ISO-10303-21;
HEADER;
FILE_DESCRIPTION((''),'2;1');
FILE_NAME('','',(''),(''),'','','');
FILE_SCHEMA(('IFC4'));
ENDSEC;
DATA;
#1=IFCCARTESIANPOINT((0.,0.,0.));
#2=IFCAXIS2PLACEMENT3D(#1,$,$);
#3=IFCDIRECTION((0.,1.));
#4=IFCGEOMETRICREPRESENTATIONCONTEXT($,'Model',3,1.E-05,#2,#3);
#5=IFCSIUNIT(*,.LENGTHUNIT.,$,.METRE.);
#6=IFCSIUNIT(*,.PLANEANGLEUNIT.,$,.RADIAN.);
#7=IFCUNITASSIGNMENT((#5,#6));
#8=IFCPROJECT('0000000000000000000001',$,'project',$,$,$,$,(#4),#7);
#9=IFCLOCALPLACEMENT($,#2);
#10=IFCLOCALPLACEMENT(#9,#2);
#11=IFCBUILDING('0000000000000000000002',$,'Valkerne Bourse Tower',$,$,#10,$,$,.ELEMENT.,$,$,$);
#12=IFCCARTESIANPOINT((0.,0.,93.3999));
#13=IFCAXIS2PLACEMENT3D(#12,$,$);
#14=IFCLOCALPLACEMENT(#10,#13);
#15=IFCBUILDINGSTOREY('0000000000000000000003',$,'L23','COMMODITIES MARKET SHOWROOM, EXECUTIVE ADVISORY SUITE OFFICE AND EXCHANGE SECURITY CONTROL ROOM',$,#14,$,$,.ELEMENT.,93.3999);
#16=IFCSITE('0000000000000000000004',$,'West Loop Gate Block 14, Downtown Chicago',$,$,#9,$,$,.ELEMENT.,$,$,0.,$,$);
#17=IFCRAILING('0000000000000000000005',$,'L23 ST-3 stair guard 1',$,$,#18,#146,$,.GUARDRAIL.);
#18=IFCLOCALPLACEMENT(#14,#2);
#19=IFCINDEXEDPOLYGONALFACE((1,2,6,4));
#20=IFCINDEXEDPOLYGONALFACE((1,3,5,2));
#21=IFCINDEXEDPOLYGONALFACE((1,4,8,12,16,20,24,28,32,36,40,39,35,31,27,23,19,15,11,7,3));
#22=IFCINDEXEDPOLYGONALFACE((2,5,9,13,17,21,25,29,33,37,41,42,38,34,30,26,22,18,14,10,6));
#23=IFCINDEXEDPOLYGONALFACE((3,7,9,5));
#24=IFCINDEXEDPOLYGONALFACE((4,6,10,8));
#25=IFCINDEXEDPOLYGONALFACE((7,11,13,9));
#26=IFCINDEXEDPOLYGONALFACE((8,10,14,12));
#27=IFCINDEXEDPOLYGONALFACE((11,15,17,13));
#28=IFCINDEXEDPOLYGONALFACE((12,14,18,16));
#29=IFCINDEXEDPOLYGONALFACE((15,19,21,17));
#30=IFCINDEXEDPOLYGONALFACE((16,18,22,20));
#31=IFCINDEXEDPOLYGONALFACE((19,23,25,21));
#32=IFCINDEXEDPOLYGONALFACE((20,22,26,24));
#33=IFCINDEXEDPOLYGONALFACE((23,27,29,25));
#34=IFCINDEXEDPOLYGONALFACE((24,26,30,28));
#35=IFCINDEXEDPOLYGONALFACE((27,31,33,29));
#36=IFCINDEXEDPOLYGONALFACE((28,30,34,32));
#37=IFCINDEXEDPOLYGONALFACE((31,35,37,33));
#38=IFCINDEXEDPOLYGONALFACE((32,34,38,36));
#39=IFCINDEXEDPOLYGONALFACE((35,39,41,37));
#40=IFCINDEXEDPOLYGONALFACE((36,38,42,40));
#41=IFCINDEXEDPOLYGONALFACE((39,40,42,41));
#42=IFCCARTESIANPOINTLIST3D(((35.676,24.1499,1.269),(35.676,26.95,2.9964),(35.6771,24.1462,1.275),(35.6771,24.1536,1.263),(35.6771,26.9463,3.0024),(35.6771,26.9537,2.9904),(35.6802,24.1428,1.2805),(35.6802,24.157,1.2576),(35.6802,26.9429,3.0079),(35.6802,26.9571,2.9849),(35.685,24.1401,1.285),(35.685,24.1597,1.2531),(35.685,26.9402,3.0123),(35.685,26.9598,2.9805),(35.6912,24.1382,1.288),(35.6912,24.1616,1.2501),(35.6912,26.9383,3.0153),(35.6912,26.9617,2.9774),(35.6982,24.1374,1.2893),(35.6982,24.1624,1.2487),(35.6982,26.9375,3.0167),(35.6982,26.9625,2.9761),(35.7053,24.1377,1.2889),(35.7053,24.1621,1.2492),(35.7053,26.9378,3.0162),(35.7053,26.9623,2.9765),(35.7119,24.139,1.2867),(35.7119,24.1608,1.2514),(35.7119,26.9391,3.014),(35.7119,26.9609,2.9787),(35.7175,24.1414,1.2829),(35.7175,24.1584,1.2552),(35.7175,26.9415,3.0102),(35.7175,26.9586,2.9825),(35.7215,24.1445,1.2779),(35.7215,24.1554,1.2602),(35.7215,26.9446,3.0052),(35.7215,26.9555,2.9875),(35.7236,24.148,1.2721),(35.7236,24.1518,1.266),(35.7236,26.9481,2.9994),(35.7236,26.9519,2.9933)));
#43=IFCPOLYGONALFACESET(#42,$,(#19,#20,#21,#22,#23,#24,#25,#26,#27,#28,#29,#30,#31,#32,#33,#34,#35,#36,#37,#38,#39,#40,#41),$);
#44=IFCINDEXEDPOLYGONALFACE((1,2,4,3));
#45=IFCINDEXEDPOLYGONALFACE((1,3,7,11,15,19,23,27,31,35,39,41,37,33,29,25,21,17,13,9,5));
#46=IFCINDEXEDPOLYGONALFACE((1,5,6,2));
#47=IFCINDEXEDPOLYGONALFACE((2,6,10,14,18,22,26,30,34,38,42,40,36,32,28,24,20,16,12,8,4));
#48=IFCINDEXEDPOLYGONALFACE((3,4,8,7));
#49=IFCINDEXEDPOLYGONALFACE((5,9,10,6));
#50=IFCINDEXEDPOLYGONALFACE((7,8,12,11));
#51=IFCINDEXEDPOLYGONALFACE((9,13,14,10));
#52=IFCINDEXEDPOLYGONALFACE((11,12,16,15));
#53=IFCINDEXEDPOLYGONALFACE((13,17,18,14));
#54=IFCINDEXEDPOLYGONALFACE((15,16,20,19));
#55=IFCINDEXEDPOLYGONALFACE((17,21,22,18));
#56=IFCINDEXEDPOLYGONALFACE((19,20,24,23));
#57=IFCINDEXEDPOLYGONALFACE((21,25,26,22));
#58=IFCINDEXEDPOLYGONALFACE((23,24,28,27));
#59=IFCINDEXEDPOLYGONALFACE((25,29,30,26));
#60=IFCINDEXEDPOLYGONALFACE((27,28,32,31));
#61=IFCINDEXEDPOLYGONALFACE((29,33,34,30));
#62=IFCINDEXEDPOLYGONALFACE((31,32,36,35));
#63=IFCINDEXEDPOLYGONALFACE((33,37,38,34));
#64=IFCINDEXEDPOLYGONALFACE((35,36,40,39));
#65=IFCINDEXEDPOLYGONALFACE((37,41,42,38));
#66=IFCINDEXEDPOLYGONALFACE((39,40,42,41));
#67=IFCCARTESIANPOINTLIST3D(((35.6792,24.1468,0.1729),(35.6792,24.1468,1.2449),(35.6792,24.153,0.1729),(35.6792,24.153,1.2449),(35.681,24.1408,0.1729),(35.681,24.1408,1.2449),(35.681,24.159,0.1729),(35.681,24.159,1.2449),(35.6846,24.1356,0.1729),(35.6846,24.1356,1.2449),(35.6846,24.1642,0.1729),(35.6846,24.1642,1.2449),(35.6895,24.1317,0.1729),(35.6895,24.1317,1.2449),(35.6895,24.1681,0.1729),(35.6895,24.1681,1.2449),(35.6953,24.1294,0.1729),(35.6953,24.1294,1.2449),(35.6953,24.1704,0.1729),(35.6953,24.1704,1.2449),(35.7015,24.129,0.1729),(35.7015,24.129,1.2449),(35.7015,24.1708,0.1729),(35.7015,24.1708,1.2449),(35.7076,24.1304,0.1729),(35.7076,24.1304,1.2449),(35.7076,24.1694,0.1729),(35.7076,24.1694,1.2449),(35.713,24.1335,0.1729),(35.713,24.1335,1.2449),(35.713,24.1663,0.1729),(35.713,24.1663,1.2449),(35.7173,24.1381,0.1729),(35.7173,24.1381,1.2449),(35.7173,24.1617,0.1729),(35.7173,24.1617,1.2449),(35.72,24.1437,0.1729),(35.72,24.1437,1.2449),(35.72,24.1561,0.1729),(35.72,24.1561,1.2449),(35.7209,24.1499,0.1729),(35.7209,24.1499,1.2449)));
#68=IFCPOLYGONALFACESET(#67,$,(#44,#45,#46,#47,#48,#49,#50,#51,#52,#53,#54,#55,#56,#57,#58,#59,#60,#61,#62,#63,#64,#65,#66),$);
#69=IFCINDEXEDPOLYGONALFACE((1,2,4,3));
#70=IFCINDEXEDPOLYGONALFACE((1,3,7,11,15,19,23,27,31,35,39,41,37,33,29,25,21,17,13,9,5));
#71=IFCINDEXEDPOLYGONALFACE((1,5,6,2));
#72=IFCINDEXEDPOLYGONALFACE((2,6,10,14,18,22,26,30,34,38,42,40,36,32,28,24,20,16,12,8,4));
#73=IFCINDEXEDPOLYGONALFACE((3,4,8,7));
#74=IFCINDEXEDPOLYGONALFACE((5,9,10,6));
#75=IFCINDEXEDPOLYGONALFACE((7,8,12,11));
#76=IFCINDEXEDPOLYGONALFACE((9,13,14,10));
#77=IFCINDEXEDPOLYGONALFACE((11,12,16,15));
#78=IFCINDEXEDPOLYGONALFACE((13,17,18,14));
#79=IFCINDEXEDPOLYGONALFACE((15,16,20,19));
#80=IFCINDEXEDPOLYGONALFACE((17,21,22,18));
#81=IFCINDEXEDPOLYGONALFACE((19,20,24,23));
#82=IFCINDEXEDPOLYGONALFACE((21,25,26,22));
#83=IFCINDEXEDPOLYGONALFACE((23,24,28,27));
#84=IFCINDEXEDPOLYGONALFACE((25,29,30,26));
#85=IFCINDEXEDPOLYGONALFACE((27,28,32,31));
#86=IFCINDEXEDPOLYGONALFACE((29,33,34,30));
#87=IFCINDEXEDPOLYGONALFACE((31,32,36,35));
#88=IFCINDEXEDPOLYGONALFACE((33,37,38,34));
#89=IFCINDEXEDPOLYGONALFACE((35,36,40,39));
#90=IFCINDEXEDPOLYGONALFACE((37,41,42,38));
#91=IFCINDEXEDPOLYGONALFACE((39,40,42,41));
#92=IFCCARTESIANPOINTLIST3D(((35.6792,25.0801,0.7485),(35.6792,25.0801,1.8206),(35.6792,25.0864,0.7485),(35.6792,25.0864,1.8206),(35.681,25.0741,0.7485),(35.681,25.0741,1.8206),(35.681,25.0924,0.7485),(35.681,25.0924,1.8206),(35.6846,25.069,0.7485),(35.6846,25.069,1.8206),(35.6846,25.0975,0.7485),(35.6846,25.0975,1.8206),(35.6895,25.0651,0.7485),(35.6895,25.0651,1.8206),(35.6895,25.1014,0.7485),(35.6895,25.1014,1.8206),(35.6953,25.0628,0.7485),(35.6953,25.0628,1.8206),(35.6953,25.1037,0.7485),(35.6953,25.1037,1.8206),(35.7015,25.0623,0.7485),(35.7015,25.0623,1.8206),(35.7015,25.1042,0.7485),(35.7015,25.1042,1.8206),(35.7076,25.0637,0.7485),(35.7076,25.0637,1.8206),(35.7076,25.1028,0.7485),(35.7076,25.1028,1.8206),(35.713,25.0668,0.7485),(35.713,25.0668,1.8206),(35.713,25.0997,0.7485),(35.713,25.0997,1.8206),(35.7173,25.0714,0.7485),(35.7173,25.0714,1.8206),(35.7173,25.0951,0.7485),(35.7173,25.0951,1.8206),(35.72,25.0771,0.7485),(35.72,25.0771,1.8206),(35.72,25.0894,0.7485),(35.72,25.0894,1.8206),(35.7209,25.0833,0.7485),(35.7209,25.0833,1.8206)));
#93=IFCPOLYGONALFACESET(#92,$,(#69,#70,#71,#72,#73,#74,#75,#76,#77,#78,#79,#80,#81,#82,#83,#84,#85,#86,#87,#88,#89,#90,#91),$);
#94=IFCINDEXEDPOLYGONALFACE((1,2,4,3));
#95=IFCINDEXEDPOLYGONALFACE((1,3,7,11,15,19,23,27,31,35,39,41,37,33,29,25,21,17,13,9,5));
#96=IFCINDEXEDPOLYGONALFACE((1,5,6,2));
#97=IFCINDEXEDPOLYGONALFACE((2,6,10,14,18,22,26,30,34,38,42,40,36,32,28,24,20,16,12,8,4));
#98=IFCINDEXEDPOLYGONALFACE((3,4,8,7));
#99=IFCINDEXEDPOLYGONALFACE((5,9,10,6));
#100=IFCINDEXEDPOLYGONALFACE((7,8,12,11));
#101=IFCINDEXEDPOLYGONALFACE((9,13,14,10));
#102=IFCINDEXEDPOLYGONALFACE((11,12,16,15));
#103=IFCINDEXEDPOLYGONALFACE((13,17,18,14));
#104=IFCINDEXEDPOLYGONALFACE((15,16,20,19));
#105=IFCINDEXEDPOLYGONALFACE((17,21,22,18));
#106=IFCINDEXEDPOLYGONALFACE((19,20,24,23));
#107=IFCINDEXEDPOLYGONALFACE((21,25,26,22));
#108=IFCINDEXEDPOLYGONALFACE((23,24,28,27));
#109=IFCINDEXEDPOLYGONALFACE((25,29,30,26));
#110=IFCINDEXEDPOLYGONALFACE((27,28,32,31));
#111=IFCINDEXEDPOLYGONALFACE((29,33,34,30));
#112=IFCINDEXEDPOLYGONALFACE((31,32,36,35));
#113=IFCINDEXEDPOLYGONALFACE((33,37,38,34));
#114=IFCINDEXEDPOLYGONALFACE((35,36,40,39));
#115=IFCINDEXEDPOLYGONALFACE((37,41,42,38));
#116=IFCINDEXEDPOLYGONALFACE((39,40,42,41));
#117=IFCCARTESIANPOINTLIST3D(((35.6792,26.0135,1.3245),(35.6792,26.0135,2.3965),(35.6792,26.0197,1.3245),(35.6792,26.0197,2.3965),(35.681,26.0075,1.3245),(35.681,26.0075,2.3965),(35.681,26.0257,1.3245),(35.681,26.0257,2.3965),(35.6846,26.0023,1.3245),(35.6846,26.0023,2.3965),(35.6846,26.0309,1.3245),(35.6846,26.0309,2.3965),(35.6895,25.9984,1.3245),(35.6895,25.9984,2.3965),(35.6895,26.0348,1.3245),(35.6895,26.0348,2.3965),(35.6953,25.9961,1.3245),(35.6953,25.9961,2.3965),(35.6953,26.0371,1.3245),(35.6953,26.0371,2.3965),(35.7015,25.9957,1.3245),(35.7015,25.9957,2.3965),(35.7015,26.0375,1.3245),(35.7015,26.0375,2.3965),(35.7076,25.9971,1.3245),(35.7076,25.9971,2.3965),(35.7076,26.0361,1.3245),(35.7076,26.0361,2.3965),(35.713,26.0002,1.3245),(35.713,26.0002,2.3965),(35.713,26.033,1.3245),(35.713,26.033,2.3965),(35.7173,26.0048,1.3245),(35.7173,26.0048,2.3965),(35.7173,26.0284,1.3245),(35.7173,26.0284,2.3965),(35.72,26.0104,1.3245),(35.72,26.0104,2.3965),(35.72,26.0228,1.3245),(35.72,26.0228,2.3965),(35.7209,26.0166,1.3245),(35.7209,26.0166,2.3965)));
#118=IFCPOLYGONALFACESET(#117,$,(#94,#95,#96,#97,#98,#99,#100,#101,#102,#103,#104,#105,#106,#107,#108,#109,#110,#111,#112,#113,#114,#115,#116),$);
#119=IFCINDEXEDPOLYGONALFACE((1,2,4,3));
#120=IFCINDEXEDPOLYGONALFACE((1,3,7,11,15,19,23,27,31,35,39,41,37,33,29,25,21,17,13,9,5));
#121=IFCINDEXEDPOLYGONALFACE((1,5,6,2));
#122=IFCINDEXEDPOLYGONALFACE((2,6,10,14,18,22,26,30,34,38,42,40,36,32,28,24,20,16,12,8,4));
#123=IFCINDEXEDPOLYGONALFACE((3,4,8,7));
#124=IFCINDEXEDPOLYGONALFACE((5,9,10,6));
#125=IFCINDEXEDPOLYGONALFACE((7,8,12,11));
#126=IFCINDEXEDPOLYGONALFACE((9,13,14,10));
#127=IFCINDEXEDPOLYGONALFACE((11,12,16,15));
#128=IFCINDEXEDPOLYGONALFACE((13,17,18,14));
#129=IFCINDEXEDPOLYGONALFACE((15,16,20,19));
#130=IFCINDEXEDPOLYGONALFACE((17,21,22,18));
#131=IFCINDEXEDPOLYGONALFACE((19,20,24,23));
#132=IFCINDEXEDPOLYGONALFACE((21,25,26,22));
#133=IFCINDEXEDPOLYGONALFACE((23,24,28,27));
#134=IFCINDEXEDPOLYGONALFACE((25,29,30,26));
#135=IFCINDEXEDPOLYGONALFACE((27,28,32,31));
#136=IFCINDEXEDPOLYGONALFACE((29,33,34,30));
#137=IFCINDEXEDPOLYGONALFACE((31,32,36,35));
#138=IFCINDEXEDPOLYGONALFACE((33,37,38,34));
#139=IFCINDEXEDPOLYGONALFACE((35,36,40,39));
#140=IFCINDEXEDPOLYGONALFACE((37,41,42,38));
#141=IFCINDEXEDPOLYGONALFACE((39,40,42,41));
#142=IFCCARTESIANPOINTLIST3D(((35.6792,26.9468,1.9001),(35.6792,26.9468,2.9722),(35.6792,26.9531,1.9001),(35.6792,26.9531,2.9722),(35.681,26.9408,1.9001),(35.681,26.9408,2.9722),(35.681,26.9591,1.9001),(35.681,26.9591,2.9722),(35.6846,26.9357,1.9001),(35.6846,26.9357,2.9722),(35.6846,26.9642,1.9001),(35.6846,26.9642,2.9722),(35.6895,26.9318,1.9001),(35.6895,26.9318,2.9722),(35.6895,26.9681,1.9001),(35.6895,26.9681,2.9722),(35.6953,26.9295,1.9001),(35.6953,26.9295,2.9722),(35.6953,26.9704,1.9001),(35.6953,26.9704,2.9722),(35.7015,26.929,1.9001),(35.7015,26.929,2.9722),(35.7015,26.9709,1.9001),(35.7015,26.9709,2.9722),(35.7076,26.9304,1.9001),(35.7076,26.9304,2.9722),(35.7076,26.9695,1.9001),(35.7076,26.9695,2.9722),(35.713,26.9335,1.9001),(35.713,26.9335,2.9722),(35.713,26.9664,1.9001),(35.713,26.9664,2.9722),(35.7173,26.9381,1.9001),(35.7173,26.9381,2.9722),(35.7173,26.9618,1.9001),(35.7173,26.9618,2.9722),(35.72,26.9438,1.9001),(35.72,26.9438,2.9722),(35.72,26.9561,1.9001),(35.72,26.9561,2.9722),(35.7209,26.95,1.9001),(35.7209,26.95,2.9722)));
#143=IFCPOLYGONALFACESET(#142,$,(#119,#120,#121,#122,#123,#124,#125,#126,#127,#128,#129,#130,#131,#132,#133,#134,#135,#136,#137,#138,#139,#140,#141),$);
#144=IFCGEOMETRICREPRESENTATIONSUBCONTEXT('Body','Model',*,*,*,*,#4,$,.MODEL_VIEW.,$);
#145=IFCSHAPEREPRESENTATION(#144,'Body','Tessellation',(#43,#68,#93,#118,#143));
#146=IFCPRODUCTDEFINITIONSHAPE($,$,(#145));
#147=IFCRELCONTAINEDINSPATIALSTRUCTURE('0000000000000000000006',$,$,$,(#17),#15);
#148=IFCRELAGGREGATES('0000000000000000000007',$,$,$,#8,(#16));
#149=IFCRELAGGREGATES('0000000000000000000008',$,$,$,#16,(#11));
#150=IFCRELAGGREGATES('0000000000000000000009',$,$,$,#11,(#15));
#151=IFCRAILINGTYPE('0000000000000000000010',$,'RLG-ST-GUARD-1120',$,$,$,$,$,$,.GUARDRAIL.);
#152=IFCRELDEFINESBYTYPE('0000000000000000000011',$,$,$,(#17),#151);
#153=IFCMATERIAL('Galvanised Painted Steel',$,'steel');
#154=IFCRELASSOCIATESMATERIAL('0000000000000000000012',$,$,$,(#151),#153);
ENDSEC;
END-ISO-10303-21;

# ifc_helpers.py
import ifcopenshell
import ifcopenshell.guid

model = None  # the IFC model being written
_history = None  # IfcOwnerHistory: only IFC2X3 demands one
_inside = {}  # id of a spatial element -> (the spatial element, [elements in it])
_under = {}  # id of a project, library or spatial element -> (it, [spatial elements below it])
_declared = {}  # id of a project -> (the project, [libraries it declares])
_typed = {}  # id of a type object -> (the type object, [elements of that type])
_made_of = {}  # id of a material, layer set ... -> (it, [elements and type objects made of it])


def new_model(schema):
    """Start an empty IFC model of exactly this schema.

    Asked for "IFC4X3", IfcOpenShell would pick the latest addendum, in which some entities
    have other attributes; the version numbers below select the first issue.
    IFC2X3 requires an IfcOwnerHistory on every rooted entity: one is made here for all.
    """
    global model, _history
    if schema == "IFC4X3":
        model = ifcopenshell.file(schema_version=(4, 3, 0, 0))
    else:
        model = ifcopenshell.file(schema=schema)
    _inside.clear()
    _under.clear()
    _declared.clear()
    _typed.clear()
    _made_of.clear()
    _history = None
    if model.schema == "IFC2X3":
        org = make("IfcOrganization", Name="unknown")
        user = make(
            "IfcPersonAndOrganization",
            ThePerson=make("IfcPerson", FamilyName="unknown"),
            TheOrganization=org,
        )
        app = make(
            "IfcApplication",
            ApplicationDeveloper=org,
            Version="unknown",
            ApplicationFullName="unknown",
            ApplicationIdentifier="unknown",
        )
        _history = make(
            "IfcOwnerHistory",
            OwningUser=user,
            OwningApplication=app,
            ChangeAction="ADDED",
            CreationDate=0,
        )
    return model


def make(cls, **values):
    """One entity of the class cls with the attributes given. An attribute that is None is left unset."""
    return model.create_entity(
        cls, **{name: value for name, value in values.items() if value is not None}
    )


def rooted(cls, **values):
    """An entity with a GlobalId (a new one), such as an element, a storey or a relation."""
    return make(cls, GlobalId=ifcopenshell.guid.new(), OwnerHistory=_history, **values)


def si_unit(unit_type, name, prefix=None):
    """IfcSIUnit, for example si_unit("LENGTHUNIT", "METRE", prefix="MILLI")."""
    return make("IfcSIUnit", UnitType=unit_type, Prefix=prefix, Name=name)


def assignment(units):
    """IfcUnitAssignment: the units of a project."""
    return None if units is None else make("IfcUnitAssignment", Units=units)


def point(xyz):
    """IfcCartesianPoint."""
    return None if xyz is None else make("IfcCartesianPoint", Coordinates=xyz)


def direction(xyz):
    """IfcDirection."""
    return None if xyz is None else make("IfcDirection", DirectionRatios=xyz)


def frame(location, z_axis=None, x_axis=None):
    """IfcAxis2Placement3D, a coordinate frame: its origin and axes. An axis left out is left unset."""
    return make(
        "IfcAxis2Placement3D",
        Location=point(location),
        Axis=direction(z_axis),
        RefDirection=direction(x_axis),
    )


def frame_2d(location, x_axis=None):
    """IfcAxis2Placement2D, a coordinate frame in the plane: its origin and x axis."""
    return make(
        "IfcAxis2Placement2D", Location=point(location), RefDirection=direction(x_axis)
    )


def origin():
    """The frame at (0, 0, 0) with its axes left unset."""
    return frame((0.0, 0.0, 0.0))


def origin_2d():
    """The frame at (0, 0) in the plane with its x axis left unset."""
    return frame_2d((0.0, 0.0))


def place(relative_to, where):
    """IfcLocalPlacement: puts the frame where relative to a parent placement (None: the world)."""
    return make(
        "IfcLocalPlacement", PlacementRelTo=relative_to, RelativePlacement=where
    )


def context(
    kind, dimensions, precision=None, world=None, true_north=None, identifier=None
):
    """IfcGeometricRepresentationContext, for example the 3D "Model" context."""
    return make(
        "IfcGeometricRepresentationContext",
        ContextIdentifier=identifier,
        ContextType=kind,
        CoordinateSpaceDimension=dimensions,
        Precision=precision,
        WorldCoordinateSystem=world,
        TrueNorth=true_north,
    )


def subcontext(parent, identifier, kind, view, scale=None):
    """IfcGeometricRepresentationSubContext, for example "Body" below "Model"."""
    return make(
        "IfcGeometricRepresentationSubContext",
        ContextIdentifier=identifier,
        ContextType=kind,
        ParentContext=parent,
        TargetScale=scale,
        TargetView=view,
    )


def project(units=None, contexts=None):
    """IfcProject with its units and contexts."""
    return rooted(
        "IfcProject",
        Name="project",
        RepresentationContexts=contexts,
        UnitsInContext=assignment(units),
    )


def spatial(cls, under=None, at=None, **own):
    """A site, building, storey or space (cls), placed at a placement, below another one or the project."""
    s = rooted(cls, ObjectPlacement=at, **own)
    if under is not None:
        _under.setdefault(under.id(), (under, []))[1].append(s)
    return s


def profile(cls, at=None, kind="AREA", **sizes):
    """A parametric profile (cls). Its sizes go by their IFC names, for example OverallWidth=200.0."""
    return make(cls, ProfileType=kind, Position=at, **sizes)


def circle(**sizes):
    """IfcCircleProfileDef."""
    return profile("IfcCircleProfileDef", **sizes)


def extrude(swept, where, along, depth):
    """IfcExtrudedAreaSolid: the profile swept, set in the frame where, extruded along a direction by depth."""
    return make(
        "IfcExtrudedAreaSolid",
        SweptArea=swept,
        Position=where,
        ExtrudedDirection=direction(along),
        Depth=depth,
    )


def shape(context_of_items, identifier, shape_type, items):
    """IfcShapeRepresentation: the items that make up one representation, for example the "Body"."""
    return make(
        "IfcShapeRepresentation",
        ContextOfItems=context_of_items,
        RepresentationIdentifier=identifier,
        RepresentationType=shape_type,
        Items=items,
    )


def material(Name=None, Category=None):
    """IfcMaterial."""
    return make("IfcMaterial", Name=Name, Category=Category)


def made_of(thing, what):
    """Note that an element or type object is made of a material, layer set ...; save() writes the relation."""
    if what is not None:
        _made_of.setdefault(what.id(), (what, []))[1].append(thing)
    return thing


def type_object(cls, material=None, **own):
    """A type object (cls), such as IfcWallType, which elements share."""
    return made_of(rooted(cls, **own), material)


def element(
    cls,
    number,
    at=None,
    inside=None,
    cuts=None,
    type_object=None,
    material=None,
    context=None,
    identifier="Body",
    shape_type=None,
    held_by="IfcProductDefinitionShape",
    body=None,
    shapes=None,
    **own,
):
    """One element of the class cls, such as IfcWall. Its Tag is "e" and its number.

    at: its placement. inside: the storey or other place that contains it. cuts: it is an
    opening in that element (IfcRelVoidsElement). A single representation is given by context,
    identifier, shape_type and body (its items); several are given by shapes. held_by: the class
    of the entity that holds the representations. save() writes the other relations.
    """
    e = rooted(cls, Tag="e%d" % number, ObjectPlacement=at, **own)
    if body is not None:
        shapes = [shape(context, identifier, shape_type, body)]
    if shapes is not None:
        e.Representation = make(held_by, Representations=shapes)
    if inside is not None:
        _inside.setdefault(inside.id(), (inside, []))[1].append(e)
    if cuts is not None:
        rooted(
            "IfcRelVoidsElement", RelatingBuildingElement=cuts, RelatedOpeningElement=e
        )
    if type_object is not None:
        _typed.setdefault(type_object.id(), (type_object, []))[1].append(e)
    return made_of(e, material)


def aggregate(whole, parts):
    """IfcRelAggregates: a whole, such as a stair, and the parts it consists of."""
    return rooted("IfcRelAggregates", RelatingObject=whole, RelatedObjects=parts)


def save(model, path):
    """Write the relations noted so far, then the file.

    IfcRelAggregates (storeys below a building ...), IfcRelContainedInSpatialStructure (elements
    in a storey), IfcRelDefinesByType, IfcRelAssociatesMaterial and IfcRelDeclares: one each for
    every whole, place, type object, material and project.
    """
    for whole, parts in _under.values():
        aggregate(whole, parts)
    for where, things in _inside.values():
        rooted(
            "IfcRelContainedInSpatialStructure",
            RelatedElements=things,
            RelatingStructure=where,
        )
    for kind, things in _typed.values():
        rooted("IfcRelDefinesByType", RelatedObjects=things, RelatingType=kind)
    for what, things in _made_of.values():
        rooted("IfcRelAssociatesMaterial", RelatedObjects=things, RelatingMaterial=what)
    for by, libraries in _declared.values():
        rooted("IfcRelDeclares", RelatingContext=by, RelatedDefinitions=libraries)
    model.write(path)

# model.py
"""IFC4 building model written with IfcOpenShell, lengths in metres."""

from ifc_helpers import new_model, si_unit, direction, frame, origin, origin_2d, place, context, subcontext, project, spatial, circle, extrude, material, type_object, element, save


model = new_model("IFC4")

# Units and contexts
model_context = context("Model", 3, precision=1e-05, world=origin(), true_north=direction((0.0, 1.0)))
body_context = subcontext(model_context, "Body", "Model", "MODEL_VIEW")
ifc_project = project(units=[si_unit("LENGTHUNIT", "METRE"), si_unit("PLANEANGLEUNIT", "RADIAN")], contexts=[model_context])

# Site, building, storey
site_placement = place(None, origin())
site = spatial("IfcSite", under=ifc_project, at=site_placement, Name="West Loop Gate Block 14, Downtown Chicago", CompositionType="ELEMENT", RefElevation=0.0)
building_placement = place(site_placement, origin())
building = spatial("IfcBuilding", under=site, at=building_placement, Name="Valkerne Bourse Tower", CompositionType="ELEMENT")
storey_placement = place(building_placement, frame((0.0, 0.0, 93.3999)))
storey = spatial("IfcBuildingStorey", under=building, at=storey_placement, Name="L23", Description="COMMODITIES MARKET SHOWROOM, EXECUTIVE ADVISORY SUITE OFFICE AND EXCHANGE SECURITY CONTROL ROOM", CompositionType="ELEMENT", Elevation=93.3999)

# Shared definitions
ifc_material_1 = material(Name="Galvanised Painted Steel", Category="steel")

# Railing
railing_type_1 = type_object("IfcRailingType", Name="RLG-ST-GUARD-1120", PredefinedType="GUARDRAIL", material=ifc_material_1)
railing_1_placement = place(storey_placement, frame((35.7, 24.1499, 0.1729)))
element("IfcRailing", 1, at=railing_1_placement, inside=storey, type_object=railing_type_1, Name="L23 ST-3 stair guard 1", PredefinedType="GUARDRAIL", context=body_context, shape_type="SweptSolid", body=[
    extrude(circle(Radius=0.0239, at=origin_2d()), frame((0.0, 0.0, 1.0962), z_axis=(0.0, 0.85109, 0.52502), x_axis=(-1.0, 0.0, 0.0)), (0.0, 0.0, 1.0), 3.29),
    extrude(circle(Radius=0.021, at=origin_2d()), origin(), (0.0, 0.0, 1.0), 1.072),
    extrude(circle(Radius=0.021, at=origin_2d()), frame((0.0, 0.9333, 0.5757)), (0.0, 0.0, 1.0), 1.072),
    extrude(circle(Radius=0.021, at=origin_2d()), frame((0.0, 1.8667, 1.1516)), (0.0, 0.0, 1.0), 1.072),
    extrude(circle(Radius=0.021, at=origin_2d()), frame((0.0, 2.8, 1.7273)), (0.0, 0.0, 1.0), 1.072),
])

save(model, "model.ifc")
